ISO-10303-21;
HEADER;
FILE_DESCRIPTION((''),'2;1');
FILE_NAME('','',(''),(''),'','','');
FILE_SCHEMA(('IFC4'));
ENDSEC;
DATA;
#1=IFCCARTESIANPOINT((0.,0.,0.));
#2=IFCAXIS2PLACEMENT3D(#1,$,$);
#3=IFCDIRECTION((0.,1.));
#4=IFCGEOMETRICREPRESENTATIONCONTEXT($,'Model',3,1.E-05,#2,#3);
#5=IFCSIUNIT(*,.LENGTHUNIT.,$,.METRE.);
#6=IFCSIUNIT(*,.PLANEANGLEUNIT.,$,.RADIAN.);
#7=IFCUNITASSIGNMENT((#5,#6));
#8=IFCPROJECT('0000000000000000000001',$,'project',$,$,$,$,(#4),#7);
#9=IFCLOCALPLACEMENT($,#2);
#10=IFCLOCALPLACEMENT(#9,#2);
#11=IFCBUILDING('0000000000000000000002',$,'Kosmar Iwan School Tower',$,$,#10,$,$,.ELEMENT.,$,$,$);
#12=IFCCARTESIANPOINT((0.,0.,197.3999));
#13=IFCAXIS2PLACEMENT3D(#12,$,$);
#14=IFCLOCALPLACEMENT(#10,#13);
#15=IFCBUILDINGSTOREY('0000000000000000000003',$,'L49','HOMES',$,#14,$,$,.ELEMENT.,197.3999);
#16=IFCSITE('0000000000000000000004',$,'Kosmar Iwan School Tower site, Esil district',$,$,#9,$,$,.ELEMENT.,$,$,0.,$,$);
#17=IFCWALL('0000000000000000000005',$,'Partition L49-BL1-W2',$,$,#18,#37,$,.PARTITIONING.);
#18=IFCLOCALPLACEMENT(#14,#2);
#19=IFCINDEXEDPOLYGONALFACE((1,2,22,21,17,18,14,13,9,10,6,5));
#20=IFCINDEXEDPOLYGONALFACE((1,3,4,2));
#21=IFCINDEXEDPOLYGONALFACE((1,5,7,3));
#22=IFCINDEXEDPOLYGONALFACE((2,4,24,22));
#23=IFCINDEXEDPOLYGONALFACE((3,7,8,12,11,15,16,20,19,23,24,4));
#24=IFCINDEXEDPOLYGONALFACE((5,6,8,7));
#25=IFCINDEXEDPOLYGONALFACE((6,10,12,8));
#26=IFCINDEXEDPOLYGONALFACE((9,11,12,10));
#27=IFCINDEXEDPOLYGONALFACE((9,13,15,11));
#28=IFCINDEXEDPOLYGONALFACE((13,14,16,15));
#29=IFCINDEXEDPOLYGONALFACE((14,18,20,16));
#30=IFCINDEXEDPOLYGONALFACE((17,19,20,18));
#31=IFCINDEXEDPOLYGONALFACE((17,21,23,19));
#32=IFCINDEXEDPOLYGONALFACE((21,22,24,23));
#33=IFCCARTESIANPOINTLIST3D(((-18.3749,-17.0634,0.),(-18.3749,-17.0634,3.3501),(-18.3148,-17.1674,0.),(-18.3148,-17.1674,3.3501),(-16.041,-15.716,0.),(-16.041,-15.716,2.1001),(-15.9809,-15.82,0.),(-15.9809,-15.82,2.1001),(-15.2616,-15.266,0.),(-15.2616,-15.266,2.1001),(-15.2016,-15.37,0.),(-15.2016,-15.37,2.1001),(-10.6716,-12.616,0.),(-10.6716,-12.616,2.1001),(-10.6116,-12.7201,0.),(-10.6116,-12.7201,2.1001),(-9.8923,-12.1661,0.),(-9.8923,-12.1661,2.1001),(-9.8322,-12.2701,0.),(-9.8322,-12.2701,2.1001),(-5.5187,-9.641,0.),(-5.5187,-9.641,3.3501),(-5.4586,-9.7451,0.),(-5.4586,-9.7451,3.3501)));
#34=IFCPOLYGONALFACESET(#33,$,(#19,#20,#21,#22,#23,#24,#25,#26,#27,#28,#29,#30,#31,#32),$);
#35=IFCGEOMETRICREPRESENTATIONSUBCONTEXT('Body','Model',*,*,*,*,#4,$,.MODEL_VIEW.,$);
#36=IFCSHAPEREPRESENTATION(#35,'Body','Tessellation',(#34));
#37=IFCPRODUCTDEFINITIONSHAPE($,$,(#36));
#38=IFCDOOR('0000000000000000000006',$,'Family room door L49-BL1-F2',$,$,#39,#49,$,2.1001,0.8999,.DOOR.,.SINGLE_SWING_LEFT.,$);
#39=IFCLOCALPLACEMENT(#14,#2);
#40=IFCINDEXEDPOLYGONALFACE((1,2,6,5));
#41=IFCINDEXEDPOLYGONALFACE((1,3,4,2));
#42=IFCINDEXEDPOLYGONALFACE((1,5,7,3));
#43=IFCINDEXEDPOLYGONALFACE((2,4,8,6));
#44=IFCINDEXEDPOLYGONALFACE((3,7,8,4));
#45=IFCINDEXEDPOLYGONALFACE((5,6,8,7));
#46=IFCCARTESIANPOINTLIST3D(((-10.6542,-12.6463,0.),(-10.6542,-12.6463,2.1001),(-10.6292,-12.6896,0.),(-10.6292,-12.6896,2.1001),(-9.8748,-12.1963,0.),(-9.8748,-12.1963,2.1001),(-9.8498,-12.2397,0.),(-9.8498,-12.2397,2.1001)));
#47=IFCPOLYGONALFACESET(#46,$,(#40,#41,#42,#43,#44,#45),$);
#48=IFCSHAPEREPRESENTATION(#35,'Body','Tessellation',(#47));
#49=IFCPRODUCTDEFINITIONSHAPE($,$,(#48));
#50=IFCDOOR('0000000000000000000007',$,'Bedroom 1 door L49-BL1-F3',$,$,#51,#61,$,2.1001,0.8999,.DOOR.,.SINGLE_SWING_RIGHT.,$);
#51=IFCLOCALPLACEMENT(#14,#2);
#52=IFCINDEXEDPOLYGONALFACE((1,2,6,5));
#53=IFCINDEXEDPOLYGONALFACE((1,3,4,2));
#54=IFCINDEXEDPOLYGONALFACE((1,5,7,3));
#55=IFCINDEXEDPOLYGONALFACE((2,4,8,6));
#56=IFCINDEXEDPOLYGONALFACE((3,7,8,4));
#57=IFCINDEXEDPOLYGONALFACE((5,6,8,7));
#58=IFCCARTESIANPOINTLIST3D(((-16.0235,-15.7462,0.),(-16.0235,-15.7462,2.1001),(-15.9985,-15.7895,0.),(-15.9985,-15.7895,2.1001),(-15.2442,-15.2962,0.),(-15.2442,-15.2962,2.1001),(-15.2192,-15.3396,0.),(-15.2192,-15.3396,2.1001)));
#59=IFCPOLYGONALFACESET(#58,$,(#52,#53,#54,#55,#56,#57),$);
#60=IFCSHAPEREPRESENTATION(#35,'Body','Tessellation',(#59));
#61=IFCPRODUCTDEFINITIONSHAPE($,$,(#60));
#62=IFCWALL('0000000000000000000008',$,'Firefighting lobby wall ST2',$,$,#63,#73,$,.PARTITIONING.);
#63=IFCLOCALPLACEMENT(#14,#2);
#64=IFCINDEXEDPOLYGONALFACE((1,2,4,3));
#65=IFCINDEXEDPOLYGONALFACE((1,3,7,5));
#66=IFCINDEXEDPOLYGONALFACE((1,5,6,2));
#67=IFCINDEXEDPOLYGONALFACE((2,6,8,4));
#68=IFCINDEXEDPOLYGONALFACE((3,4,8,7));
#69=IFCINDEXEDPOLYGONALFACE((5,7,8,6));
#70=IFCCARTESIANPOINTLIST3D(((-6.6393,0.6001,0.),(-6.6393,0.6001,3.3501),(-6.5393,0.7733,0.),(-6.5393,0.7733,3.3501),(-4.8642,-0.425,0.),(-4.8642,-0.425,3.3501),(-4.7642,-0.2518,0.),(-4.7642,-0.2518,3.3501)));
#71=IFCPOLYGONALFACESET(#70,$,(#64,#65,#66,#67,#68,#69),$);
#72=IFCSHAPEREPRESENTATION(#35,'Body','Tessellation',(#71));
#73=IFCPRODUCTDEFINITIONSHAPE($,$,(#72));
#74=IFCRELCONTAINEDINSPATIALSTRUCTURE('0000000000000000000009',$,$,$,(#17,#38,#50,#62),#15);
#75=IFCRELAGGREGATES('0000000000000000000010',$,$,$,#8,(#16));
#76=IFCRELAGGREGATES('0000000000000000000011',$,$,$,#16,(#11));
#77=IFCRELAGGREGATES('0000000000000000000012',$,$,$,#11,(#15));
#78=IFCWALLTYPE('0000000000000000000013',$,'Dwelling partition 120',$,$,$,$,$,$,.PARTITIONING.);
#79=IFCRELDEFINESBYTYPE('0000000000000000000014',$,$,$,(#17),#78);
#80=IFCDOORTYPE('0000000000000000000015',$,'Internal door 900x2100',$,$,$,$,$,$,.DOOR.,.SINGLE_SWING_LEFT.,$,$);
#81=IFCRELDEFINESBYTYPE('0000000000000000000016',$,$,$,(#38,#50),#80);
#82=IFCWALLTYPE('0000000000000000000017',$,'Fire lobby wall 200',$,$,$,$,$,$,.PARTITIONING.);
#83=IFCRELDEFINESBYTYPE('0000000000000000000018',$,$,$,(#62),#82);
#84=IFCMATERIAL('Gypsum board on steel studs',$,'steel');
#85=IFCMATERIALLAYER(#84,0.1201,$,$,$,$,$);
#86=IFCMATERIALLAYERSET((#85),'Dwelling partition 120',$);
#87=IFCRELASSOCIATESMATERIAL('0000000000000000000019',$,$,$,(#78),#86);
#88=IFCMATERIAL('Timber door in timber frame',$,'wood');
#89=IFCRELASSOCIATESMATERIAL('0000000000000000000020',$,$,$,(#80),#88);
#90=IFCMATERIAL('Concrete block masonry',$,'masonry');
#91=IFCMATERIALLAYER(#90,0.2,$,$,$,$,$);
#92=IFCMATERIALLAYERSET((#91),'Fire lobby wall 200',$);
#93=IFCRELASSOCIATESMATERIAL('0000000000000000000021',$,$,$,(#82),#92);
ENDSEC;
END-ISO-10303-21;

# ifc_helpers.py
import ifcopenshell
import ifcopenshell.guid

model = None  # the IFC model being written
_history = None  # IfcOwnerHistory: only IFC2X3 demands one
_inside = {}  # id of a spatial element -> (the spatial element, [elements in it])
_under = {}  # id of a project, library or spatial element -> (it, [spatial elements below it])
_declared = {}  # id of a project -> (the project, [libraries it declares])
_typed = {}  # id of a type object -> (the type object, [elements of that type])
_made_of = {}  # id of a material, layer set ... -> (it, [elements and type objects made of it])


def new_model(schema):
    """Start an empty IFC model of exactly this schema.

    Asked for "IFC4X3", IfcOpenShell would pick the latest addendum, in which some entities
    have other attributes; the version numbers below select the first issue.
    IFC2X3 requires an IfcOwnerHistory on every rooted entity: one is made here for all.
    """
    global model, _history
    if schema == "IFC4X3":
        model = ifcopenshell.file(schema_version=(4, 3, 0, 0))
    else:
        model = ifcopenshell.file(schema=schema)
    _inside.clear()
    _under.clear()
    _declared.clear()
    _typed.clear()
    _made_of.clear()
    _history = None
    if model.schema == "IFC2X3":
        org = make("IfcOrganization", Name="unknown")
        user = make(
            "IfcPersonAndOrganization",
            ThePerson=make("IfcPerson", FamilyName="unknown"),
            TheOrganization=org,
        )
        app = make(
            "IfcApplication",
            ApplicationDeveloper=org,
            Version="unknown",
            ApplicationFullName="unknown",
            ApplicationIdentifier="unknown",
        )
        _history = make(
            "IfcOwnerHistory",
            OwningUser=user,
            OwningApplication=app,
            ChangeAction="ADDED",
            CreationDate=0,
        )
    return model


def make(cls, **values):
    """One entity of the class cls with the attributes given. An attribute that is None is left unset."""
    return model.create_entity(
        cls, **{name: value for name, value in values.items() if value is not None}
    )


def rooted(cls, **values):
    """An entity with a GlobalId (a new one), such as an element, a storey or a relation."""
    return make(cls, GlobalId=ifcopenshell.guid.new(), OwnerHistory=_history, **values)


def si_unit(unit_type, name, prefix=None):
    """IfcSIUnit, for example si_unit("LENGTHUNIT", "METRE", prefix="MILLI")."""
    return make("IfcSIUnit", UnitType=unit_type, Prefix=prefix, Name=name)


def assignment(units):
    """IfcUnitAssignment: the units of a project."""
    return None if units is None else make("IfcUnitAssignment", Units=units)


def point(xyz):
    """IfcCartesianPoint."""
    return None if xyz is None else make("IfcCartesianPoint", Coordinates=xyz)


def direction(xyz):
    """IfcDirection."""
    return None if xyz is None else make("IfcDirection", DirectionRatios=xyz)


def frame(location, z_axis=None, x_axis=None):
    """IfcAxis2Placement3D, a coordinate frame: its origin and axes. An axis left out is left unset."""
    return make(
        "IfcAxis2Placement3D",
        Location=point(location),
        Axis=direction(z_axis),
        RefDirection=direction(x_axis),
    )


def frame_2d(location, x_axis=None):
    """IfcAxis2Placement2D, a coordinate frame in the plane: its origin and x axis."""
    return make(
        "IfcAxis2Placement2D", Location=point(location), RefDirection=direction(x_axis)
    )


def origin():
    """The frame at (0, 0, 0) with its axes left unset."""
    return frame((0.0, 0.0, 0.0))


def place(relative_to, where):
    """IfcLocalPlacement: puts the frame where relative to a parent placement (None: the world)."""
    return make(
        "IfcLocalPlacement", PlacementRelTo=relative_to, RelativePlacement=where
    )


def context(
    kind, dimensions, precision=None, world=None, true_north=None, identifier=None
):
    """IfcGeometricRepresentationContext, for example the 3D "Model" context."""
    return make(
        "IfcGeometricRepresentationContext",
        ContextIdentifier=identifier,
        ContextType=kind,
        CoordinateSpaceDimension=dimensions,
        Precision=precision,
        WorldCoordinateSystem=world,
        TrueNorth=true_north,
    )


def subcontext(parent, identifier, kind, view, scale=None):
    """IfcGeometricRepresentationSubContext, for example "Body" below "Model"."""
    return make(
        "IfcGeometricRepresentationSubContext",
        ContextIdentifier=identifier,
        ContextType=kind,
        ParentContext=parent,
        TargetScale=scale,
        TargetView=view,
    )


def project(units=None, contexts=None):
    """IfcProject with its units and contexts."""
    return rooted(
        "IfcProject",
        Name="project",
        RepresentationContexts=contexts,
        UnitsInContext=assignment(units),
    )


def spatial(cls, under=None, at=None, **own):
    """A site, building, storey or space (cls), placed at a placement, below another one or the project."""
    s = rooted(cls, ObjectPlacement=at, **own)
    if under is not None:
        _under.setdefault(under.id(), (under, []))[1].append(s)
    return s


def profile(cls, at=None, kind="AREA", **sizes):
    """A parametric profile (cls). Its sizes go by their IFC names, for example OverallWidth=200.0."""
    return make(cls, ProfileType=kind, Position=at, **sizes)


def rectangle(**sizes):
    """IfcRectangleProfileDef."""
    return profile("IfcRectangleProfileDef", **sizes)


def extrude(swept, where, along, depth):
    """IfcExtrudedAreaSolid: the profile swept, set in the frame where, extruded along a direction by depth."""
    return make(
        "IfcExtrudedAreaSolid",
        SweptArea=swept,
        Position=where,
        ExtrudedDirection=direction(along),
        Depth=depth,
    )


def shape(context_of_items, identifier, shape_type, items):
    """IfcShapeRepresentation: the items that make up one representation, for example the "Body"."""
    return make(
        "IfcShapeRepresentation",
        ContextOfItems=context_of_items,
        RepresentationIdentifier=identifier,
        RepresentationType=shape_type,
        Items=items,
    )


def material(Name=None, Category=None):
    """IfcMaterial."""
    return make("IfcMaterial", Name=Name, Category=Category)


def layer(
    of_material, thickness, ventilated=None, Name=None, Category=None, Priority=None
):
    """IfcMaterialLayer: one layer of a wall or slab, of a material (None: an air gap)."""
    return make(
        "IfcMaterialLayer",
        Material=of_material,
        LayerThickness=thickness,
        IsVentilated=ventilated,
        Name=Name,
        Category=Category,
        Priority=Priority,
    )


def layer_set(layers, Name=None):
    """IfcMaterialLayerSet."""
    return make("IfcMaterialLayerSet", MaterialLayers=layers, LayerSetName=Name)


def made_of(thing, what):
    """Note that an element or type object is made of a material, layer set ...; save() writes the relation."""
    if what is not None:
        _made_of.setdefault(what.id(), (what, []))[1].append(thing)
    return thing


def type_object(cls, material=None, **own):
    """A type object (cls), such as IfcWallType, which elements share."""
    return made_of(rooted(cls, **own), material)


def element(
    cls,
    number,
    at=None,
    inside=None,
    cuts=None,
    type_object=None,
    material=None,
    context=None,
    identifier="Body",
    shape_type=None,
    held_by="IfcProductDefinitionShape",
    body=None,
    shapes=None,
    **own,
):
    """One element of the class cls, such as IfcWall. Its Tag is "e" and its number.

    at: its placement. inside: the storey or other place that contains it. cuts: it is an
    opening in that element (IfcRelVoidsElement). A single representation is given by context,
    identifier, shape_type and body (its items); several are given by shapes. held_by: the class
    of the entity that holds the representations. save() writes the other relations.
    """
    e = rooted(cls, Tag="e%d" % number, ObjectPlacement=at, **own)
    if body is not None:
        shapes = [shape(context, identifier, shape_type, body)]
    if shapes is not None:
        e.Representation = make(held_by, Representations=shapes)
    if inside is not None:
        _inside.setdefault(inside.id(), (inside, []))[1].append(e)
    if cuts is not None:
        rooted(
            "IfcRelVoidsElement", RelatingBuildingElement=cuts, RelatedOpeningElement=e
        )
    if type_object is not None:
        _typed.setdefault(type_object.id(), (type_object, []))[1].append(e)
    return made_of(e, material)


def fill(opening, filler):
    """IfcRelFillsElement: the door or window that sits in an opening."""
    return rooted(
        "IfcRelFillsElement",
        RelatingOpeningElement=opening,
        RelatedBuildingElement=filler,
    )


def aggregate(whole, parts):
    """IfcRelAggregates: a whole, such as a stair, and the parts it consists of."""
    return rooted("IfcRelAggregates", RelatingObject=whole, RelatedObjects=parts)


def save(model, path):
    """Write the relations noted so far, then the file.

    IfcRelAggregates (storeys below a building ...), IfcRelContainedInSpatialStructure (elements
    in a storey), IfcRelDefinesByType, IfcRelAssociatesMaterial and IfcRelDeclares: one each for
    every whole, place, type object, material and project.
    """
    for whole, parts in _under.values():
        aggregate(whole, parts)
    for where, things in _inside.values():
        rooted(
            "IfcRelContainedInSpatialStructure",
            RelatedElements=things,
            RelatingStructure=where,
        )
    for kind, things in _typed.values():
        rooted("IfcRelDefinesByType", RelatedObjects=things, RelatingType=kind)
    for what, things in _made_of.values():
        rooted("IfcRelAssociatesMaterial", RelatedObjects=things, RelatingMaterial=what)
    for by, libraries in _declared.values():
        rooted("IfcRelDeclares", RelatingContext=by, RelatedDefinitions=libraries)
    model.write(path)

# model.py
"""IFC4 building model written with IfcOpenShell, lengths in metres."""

from ifc_helpers import new_model, si_unit, direction, frame, frame_2d, origin, place, context, subcontext, project, spatial, rectangle, extrude, material, layer, layer_set, type_object, element, fill, save


model = new_model("IFC4")

# Units and contexts
model_context = context("Model", 3, precision=1e-05, world=origin(), true_north=direction((0.0, 1.0)))
body_context = subcontext(model_context, "Body", "Model", "MODEL_VIEW")
ifc_project = project(units=[si_unit("LENGTHUNIT", "METRE"), si_unit("PLANEANGLEUNIT", "RADIAN")], contexts=[model_context])

# Site, building, storey
site_placement = place(None, origin())
site = spatial("IfcSite", under=ifc_project, at=site_placement, Name="Kosmar Iwan School Tower site, Esil district", CompositionType="ELEMENT", RefElevation=0.0)
building_placement = place(site_placement, origin())
building = spatial("IfcBuilding", under=site, at=building_placement, Name="Kosmar Iwan School Tower", CompositionType="ELEMENT")
storey_placement = place(building_placement, frame((0.0, 0.0, 197.3999)))
storey = spatial("IfcBuildingStorey", under=building, at=storey_placement, Name="L49", Description="HOMES", CompositionType="ELEMENT", Elevation=197.3999)

# Wall, openings, doors
ifc_material_1 = material(Name="Gypsum board on steel studs", Category="steel")
ifc_layer_1 = layer(ifc_material_1, 0.1201)
ifc_layer_set_1 = layer_set([ifc_layer_1], Name="Dwelling partition 120")
wall_type_1 = type_object("IfcWallType", Name="Dwelling partition 120", PredefinedType="PARTITIONING", material=ifc_layer_set_1)
ifc_material_2 = material(Name="Timber door in timber frame", Category="wood")
door_type_1 = type_object("IfcDoorType", Name="Internal door 900x2100", OperationType="SINGLE_SWING_LEFT", PredefinedType="DOOR", material=ifc_material_2)
wall_1_placement = place(storey_placement, frame((-5.4888, -9.6931, 0.0), z_axis=(0.0, 0.0, 1.0), x_axis=(-0.86603, -0.499992, 0.0)))
wall_1 = element("IfcWall", 1, at=wall_1_placement, inside=storey, type_object=wall_type_1, Name="Partition L49-BL1-W2", PredefinedType="PARTITIONING", context=body_context, shape_type="SweptSolid", body=[
    extrude(rectangle(XDim=14.845, YDim=0.1201, at=frame_2d((7.4224, 0.0))), origin(), (0.0, 0.0, 1.0), 3.3501),
])
opening_1_placement = place(wall_1_placement, frame((5.05, 0.0, 0.0)))
opening_1 = element("IfcOpeningElement", 2, at=opening_1_placement, cuts=wall_1, PredefinedType="OPENING", context=body_context, shape_type="SweptSolid", body=[
    extrude(rectangle(XDim=0.8999, YDim=2.1001, at=frame_2d((0.45, 1.05))), frame((0.0, 0.072, 0.0), z_axis=(0.0, -1.0, 0.0), x_axis=(1.0, 0.0, 0.0)), (0.0, 0.0, 1.0), 0.144),
])
opening_2_placement = place(wall_1_placement, frame((11.25, 0.0, 0.0)))
opening_2 = element("IfcOpeningElement", 3, at=opening_2_placement, cuts=wall_1, PredefinedType="OPENING", context=body_context, shape_type="SweptSolid", body=[
    extrude(rectangle(XDim=0.8999, YDim=2.1001, at=frame_2d((0.45, 1.05))), frame((0.0, 0.072, 0.0), z_axis=(0.0, -1.0, 0.0), x_axis=(1.0, 0.0, 0.0)), (0.0, 0.0, 1.0), 0.144),
])
door_1_placement = place(opening_1_placement, origin())
door_1 = element("IfcDoor", 4, at=door_1_placement, inside=storey, type_object=door_type_1, Name="Family room door L49-BL1-F2", OperationType="SINGLE_SWING_LEFT", OverallHeight=2.1001, OverallWidth=0.8999, PredefinedType="DOOR", context=body_context, shape_type="SweptSolid", body=[
    extrude(rectangle(XDim=0.8999, YDim=2.1001, at=frame_2d((0.45, 1.05))), frame((0.0, 0.0249, 0.0), z_axis=(0.0, -1.0, 0.0), x_axis=(1.0, 0.0, 0.0)), (0.0, 0.0, 1.0), 0.05),
])
fill(opening_1, door_1)
door_2_placement = place(opening_2_placement, origin())
door_2 = element("IfcDoor", 5, at=door_2_placement, inside=storey, type_object=door_type_1, Name="Bedroom 1 door L49-BL1-F3", OperationType="SINGLE_SWING_RIGHT", OverallHeight=2.1001, OverallWidth=0.8999, PredefinedType="DOOR", context=body_context, shape_type="SweptSolid", body=[
    extrude(rectangle(XDim=0.8999, YDim=2.1001, at=frame_2d((0.45, 1.05))), frame((0.0, 0.0249, 0.0), z_axis=(0.0, -1.0, 0.0), x_axis=(1.0, 0.0, 0.0)), (0.0, 0.0, 1.0), 0.05),
])
fill(opening_2, door_2)

# Wall
ifc_material_3 = material(Name="Concrete block masonry", Category="masonry")
ifc_layer_2 = layer(ifc_material_3, 0.2)
ifc_layer_set_2 = layer_set([ifc_layer_2], Name="Fire lobby wall 200")
wall_type_2 = type_object("IfcWallType", Name="Fire lobby wall 200", PredefinedType="PARTITIONING", material=ifc_layer_set_2)
wall_2_placement = place(storey_placement, frame((-4.8142, -0.3384, 0.0), z_axis=(0.0, 0.0, 1.0), x_axis=(-0.865969, 0.500097, 0.0)))
element("IfcWall", 6, at=wall_2_placement, inside=storey, type_object=wall_type_2, Name="Firefighting lobby wall ST2", PredefinedType="PARTITIONING", context=body_context, shape_type="SweptSolid", body=[
    extrude(rectangle(XDim=2.0498, YDim=0.2, at=frame_2d((1.0249, 0.0))), origin(), (0.0, 0.0, 1.0), 3.3501),
])

save(model, "model.ifc")
